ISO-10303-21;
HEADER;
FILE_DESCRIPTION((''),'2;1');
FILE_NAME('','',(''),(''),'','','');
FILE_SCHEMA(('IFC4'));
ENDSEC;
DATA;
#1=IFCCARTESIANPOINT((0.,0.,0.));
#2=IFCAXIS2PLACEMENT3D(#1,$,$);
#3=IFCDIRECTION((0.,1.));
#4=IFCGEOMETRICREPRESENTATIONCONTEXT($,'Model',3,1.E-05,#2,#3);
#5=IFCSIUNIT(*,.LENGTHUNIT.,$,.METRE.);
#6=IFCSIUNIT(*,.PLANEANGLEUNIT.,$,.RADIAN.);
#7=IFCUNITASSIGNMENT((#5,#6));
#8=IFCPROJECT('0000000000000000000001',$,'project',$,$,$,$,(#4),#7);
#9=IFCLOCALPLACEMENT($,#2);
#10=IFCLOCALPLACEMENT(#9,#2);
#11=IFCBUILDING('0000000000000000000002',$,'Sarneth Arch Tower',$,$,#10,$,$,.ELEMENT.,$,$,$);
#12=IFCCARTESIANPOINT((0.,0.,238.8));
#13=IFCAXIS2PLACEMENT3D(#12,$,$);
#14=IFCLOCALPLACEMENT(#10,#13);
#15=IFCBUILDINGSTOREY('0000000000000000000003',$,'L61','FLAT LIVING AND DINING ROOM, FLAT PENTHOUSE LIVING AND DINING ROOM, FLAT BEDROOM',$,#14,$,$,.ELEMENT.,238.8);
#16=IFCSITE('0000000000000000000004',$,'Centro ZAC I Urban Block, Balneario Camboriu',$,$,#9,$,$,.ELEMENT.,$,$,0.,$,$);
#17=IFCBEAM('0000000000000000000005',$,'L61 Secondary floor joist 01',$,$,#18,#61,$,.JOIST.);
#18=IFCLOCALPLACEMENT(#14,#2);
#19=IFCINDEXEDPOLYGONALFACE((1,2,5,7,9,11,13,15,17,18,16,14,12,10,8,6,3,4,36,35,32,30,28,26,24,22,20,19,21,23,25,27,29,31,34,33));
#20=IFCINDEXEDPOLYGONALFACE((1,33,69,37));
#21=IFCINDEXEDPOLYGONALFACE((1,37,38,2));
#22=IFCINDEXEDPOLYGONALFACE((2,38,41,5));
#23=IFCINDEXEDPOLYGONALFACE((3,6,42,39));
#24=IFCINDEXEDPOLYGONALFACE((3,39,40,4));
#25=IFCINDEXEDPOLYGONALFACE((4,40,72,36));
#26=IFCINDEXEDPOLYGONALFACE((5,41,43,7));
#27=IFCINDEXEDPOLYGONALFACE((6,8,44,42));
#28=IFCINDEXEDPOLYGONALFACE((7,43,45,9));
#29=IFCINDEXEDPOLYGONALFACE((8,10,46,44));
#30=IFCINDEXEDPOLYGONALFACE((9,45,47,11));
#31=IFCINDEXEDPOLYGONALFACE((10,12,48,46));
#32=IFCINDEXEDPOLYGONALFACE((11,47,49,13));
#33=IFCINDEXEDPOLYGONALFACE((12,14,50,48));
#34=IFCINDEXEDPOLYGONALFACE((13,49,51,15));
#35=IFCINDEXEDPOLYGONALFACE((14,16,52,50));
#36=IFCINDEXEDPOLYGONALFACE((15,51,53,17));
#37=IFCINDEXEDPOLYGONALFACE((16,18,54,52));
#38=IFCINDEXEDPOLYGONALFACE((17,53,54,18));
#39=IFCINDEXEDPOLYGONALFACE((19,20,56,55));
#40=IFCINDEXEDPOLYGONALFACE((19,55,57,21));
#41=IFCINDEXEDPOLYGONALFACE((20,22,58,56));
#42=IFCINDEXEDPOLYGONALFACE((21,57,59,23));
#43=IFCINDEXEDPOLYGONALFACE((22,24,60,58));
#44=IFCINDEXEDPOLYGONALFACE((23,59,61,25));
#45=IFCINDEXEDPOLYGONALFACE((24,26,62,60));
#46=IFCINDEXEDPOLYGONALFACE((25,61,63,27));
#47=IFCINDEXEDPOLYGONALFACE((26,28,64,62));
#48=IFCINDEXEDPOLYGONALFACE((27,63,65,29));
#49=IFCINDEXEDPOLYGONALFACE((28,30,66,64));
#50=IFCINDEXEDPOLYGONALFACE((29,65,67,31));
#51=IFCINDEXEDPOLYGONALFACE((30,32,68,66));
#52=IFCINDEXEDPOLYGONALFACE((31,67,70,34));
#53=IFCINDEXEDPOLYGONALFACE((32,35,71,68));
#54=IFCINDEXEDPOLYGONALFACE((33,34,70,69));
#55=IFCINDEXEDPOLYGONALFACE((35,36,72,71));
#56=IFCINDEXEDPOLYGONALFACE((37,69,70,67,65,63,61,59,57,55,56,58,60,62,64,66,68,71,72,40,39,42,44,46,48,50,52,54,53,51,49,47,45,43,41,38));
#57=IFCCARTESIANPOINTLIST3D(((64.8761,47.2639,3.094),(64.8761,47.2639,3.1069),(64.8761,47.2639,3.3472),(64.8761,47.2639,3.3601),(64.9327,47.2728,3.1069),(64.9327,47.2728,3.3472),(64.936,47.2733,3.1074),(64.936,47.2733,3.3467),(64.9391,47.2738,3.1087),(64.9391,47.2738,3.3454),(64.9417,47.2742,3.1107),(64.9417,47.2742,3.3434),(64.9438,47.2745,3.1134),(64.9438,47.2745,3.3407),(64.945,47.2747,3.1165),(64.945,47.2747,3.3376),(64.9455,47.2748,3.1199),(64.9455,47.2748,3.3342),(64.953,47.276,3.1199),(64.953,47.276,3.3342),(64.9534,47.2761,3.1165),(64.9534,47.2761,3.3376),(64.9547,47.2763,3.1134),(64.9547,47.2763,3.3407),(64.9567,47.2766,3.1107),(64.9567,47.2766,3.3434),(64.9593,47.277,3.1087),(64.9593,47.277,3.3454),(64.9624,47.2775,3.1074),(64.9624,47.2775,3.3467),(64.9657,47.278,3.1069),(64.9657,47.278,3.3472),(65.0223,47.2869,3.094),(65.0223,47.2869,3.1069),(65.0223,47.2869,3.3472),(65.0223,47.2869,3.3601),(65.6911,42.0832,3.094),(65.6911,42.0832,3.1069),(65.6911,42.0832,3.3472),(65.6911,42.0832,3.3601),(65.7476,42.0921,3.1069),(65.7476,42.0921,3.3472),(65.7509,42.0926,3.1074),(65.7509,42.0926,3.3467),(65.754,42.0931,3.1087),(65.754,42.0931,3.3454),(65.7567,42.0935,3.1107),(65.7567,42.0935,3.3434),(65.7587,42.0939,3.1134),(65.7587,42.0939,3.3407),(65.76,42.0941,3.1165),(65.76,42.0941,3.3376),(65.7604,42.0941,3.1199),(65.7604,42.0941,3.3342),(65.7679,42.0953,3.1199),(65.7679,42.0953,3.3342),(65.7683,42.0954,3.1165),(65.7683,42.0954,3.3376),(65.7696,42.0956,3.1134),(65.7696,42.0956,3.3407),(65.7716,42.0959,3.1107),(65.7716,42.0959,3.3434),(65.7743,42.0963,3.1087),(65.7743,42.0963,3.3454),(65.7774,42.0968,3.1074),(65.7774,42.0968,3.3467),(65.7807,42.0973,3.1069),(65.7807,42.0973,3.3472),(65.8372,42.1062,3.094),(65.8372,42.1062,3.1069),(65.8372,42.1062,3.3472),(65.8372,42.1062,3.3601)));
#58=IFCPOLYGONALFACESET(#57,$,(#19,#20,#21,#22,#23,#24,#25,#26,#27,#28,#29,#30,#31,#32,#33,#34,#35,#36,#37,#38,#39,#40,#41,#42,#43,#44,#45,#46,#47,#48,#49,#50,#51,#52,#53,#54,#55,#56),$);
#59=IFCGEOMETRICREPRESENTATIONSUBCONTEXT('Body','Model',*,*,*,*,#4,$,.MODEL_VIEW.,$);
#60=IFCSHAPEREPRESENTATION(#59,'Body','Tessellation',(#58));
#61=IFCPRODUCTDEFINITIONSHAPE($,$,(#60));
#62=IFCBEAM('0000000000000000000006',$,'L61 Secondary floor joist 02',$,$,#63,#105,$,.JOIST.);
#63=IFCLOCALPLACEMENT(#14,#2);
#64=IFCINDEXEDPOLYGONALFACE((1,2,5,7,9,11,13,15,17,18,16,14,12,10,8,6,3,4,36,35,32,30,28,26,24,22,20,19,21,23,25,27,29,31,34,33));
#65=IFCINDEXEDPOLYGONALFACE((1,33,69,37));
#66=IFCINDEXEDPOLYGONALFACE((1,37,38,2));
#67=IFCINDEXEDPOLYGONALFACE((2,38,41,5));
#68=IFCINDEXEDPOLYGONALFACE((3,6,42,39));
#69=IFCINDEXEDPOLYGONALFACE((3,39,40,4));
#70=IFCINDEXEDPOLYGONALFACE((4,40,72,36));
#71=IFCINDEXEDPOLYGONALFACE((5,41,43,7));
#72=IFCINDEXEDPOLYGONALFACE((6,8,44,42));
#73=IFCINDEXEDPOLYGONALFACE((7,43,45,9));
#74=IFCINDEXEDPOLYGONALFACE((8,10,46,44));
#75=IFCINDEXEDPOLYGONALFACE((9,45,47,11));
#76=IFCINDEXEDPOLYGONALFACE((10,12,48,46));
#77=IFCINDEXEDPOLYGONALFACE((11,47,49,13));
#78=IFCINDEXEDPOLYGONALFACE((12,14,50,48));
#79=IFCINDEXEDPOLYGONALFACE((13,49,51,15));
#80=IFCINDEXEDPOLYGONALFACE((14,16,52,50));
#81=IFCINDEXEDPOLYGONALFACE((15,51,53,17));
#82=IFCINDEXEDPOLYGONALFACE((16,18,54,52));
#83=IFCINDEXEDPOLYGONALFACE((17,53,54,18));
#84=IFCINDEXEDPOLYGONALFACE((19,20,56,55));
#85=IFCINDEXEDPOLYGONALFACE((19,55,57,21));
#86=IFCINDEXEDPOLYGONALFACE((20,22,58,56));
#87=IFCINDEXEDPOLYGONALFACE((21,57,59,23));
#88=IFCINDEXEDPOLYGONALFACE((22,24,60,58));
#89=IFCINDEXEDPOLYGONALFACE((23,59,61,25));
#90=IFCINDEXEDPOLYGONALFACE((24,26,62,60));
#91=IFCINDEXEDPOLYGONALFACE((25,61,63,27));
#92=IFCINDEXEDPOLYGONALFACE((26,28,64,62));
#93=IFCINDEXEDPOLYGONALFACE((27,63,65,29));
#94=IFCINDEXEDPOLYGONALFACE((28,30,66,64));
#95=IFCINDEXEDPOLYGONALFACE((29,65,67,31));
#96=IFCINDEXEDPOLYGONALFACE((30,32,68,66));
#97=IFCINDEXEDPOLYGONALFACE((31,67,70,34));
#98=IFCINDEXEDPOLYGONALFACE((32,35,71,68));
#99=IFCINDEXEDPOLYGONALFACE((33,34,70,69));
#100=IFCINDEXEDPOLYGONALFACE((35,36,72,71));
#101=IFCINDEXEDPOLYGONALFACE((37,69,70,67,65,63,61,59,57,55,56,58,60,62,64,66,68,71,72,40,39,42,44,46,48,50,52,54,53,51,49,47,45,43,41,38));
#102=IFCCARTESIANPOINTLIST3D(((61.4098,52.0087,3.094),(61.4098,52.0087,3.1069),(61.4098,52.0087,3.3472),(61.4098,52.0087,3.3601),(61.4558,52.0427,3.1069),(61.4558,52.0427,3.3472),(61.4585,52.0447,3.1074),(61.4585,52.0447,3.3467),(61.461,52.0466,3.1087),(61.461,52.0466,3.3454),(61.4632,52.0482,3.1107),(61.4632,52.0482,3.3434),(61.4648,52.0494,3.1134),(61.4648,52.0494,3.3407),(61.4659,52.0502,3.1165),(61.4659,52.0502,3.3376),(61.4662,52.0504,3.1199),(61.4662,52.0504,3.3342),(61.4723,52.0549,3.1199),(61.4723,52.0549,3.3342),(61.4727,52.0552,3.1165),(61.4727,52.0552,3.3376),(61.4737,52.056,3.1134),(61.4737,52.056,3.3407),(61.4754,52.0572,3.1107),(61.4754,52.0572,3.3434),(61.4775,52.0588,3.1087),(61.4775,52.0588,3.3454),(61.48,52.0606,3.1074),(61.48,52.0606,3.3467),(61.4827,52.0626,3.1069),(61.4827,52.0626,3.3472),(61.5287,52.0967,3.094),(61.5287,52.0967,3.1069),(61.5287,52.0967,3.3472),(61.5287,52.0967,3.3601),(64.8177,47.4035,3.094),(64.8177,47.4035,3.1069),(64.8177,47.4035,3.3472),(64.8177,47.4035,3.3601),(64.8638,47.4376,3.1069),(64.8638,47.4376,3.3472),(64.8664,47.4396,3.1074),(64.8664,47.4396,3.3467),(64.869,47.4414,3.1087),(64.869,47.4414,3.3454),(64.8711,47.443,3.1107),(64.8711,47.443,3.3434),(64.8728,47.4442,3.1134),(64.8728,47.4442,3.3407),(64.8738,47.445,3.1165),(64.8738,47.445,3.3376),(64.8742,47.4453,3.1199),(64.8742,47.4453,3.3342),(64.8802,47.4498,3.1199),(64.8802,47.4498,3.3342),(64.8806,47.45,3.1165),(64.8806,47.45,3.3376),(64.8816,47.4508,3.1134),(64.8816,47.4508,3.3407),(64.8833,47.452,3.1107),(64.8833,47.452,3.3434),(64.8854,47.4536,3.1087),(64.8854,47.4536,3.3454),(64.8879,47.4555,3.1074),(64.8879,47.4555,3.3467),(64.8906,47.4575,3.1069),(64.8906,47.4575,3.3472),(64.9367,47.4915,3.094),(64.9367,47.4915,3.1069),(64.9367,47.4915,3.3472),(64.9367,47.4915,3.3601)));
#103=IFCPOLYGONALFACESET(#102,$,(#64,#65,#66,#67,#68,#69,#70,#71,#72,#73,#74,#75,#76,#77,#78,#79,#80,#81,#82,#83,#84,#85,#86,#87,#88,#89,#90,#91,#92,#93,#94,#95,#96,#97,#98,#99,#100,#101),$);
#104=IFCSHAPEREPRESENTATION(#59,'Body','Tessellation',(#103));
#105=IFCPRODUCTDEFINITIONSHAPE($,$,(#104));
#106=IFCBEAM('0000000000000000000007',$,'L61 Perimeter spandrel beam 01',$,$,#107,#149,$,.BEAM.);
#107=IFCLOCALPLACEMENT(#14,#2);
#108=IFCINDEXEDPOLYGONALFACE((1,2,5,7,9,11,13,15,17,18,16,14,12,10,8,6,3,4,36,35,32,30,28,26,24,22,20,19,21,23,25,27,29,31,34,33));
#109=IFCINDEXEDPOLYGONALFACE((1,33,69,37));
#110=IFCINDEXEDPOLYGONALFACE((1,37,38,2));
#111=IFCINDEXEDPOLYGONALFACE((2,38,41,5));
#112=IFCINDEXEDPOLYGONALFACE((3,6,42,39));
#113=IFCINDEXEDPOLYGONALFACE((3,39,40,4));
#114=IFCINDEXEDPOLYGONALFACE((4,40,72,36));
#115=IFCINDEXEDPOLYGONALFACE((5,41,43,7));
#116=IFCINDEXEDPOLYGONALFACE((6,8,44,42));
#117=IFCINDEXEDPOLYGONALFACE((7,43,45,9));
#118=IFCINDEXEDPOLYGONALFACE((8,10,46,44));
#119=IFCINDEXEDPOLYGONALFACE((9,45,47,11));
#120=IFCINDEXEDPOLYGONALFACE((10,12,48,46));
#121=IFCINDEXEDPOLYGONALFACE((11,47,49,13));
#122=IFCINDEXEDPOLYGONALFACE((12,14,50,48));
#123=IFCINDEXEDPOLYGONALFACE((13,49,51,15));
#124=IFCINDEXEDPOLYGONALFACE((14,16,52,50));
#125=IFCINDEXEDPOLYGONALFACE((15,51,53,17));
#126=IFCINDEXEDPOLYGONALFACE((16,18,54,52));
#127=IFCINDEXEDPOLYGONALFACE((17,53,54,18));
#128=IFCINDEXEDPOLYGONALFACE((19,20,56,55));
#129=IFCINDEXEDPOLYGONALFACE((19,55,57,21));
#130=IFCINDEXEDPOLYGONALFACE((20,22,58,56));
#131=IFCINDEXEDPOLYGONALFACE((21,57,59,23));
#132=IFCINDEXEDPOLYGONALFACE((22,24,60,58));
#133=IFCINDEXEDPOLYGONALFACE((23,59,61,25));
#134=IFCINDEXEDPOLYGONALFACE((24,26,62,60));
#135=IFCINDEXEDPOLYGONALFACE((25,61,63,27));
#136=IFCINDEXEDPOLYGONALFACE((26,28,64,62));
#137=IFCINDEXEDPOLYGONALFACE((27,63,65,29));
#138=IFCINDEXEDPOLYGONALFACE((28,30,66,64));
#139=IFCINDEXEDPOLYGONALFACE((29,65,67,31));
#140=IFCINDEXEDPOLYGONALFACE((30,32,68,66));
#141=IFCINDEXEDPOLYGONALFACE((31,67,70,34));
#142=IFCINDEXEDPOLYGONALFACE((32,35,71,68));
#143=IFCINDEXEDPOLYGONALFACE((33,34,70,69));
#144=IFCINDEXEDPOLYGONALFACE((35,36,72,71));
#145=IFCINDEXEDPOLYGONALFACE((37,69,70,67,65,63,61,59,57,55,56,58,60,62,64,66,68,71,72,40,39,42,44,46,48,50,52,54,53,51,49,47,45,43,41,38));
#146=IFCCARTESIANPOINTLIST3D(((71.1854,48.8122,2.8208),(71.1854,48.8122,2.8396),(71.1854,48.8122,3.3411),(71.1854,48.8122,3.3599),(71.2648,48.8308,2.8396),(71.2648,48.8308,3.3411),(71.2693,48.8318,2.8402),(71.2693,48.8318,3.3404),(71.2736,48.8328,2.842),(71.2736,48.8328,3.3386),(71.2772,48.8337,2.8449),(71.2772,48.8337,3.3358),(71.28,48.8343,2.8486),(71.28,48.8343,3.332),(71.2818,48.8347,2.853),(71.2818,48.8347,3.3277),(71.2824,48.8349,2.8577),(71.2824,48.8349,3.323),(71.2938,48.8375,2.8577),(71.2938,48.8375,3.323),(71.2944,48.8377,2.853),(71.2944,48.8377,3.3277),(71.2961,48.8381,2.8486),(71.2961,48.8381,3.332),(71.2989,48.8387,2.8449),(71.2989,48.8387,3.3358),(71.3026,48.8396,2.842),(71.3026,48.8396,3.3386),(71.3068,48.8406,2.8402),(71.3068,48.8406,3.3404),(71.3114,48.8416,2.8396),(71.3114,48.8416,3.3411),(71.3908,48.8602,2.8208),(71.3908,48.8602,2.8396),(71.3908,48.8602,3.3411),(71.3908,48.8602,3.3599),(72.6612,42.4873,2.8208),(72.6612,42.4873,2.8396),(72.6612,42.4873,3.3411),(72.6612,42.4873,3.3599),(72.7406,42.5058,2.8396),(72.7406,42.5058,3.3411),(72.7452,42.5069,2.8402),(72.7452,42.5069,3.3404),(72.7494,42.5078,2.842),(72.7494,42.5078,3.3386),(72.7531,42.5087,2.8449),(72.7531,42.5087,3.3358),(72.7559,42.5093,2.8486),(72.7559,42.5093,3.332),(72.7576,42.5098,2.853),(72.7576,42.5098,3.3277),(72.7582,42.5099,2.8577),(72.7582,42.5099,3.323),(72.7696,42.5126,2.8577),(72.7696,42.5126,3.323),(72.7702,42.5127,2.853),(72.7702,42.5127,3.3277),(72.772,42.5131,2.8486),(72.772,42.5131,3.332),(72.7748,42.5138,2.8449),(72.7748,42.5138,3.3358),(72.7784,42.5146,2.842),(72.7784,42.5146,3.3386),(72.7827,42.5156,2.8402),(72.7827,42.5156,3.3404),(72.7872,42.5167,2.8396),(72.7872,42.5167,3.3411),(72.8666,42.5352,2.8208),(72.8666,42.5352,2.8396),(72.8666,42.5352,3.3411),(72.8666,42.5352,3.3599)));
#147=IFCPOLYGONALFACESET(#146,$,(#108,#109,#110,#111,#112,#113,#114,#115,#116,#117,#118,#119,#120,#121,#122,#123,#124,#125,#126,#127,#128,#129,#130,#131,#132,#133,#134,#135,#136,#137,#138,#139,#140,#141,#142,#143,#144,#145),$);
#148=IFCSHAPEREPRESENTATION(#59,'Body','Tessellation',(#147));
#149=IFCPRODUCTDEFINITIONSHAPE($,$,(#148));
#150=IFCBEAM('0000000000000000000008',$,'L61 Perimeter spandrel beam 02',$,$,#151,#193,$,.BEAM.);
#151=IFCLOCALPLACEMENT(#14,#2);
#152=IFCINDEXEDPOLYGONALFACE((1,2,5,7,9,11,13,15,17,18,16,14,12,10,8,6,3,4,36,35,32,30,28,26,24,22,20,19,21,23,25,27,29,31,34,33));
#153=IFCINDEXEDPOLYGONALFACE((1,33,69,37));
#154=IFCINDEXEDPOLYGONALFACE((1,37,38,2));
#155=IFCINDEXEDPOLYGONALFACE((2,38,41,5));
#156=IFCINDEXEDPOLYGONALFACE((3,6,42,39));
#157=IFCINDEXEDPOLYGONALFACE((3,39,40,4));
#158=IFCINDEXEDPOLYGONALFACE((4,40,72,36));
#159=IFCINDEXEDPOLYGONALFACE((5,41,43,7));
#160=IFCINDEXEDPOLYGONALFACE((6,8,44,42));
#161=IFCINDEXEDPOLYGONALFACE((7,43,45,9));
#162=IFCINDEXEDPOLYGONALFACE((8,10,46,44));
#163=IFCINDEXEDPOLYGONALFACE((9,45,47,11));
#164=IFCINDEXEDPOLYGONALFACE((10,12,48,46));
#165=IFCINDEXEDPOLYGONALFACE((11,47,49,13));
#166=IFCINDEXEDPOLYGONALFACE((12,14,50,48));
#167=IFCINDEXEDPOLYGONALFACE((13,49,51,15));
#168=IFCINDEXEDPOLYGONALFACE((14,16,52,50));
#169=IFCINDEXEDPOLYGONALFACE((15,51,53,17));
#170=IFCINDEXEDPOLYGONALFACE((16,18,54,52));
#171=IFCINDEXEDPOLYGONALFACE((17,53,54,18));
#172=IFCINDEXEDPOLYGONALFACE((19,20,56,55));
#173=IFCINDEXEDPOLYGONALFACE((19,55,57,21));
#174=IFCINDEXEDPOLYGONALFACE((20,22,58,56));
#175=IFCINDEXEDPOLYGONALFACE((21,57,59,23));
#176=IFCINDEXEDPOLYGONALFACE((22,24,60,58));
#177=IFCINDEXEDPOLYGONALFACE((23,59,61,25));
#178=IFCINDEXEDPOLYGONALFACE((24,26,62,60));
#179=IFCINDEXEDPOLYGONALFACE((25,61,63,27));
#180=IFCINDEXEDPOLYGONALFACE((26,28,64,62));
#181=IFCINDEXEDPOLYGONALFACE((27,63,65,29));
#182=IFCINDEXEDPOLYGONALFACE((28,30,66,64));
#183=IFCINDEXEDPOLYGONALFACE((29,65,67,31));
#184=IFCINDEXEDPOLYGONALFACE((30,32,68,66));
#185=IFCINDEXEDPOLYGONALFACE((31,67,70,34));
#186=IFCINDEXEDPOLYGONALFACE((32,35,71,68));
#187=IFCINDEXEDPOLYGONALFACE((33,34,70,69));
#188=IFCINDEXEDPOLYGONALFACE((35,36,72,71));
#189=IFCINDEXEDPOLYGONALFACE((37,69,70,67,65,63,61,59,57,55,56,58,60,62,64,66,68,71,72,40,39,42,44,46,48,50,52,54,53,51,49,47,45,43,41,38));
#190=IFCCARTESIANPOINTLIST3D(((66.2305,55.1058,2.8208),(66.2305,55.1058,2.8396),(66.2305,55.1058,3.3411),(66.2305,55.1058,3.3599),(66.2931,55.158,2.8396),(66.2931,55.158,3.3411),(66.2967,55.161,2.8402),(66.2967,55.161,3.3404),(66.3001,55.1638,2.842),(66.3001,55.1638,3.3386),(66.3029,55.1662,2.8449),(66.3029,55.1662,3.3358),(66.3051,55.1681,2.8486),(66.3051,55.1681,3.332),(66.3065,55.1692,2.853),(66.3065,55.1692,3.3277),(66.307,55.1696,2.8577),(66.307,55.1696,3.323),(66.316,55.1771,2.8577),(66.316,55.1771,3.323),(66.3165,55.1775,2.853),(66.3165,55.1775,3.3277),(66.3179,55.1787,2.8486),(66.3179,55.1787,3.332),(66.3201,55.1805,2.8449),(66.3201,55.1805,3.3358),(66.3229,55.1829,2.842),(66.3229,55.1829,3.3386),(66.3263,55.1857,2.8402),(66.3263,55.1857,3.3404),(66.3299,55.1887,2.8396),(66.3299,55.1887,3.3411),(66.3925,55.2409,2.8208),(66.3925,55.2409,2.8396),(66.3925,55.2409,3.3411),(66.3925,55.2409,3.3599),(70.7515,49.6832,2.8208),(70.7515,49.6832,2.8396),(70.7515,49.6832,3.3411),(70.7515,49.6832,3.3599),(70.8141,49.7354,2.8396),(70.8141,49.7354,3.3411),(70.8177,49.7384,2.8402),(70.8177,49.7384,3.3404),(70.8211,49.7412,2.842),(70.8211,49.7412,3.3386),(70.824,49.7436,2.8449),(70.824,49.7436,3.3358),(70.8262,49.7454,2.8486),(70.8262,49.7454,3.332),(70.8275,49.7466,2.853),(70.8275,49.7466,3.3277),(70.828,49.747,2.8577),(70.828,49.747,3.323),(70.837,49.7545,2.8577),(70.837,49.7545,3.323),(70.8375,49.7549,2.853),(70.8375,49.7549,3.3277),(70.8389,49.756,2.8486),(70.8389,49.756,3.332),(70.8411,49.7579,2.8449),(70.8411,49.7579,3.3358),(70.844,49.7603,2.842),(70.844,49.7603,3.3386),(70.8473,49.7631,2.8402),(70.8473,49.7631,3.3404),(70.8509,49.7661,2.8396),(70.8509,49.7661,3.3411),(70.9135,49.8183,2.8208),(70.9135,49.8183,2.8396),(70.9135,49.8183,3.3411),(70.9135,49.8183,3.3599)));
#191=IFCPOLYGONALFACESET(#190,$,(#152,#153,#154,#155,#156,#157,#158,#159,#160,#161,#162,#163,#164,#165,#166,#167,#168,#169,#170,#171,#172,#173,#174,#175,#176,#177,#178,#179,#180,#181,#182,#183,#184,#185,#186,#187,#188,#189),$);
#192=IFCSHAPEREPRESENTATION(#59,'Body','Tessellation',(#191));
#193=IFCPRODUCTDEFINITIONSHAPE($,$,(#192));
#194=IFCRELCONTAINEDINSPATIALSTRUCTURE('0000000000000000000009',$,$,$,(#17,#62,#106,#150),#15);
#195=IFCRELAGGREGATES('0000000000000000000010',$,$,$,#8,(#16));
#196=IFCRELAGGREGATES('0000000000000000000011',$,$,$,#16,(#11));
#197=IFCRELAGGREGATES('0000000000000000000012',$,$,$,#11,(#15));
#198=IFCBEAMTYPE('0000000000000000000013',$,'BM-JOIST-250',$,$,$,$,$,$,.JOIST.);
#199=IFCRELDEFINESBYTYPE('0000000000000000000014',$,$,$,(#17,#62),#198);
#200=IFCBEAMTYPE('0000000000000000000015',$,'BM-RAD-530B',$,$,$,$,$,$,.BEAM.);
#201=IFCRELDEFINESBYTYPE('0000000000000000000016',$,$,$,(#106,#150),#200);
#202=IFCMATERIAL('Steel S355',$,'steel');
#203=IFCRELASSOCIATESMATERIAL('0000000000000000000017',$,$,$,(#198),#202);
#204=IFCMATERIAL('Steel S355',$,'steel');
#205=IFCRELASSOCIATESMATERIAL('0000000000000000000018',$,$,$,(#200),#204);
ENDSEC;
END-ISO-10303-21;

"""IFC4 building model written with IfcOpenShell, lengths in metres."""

from ifc_helpers import new_model, si_unit, direction, frame, origin, origin_2d, place, context, subcontext, project, spatial, i_section, extrude, material, material_profile, profile_set, type_object, element, save


model = new_model("IFC4")

# Units and contexts
model_context = context("Model", 3, precision=1e-05, world=origin(), true_north=direction((0.0, 1.0)))
body_context = subcontext(model_context, "Body", "Model", "MODEL_VIEW")
ifc_project = project(units=[si_unit("LENGTHUNIT", "METRE"), si_unit("PLANEANGLEUNIT", "RADIAN")], contexts=[model_context])

# Site, building, storey
site_placement = place(None, origin())
site = spatial("IfcSite", under=ifc_project, at=site_placement, Name="Centro ZAC I Urban Block, Balneario Camboriu", CompositionType="ELEMENT", RefElevation=0.0)
building_placement = place(site_placement, origin())
building = spatial("IfcBuilding", under=site, at=building_placement, Name="Sarneth Arch Tower", CompositionType="ELEMENT")
storey_placement = place(building_placement, frame((0.0, 0.0, 238.8)))
storey = spatial("IfcBuildingStorey", under=building, at=storey_placement, Name="L61", Description="FLAT LIVING AND DINING ROOM, FLAT PENTHOUSE LIVING AND DINING ROOM, FLAT BEDROOM", CompositionType="ELEMENT", Elevation=238.8)

# Beams
ifc_material_1 = material(Name="Steel S355", Category="steel")
ifc_material_profile_1 = material_profile(ifc_material_1, i_section(OverallWidth=0.1479, OverallDepth=0.2661, WebThickness=0.0076, FlangeThickness=0.0129, FilletRadius=0.0129, at=origin_2d()), Name="W250x44.8")
ifc_profile_set_1 = profile_set([ifc_material_profile_1], Name="Steel S355")
beam_type_1 = type_object("IfcBeamType", Name="BM-JOIST-250", PredefinedType="JOIST", material=ifc_profile_set_1)
beam_1_placement = place(storey_placement, frame((65.7642, 42.0947, 3.2271), z_axis=(-0.155394, 0.987853, 0.0), x_axis=(-0.987853, -0.155394, 0.0)))
element("IfcBeam", 1, at=beam_1_placement, inside=storey, type_object=beam_type_1, Name="L61 Secondary floor joist 01", PredefinedType="JOIST", context=body_context, shape_type="SweptSolid", body=[
    extrude(i_section(OverallWidth=0.1479, OverallDepth=0.2661, WebThickness=0.0076, FlangeThickness=0.0129, FilletRadius=0.0129, at=origin_2d()), origin(), (0.0, 0.0, 1.0), 5.2444),
])
beam_2_placement = place(storey_placement, frame((64.8772, 47.4475, 3.2271), z_axis=(-0.594853, 0.803834, 0.0), x_axis=(-0.803834, -0.594853, 0.0)))
element("IfcBeam", 2, at=beam_2_placement, inside=storey, type_object=beam_type_1, Name="L61 Secondary floor joist 02", PredefinedType="JOIST", context=body_context, shape_type="SweptSolid", body=[
    extrude(i_section(OverallWidth=0.1479, OverallDepth=0.2661, WebThickness=0.0076, FlangeThickness=0.0129, FilletRadius=0.0129, at=origin_2d()), origin(), (0.0, 0.0, 1.0), 5.729),
])
ifc_material_2 = material(Name="Steel S355", Category="steel")
ifc_material_profile_2 = material_profile(ifc_material_2, i_section(OverallWidth=0.2109, OverallDepth=0.5391, WebThickness=0.0117, FlangeThickness=0.0188, FilletRadius=0.0181, at=origin_2d()), Name="W530x109")
ifc_profile_set_2 = profile_set([ifc_material_profile_2], Name="Steel S355")
beam_type_2 = type_object("IfcBeamType", Name="BM-RAD-530B", PredefinedType="BEAM", material=ifc_profile_set_2)
beam_3_placement = place(storey_placement, frame((72.7639, 42.5112, 3.0903), z_axis=(-0.227231, 0.973841, 0.0), x_axis=(-0.973841, -0.227231, 0.0)))
element("IfcBeam", 3, at=beam_3_placement, inside=storey, type_object=beam_type_2, Name="L61 Perimeter spandrel beam 01", PredefinedType="BEAM", context=body_context, shape_type="SweptSolid", body=[
    extrude(i_section(OverallWidth=0.2109, OverallDepth=0.5391, WebThickness=0.0117, FlangeThickness=0.0188, FilletRadius=0.0181, at=origin_2d()), origin(), (0.0, 0.0, 1.0), 6.4949),
])
beam_4_placement = place(storey_placement, frame((70.8325, 49.7507, 3.0903), z_axis=(-0.640365, 0.768071, 0.0), x_axis=(-0.768071, -0.640365, 0.0)))
element("IfcBeam", 4, at=beam_4_placement, inside=storey, type_object=beam_type_2, Name="L61 Perimeter spandrel beam 02", PredefinedType="BEAM", context=body_context, shape_type="SweptSolid", body=[
    extrude(i_section(OverallWidth=0.2109, OverallDepth=0.5391, WebThickness=0.0117, FlangeThickness=0.0188, FilletRadius=0.0181, at=origin_2d()), origin(), (0.0, 0.0, 1.0), 7.0601),
])

save(model, "model.ifc")
